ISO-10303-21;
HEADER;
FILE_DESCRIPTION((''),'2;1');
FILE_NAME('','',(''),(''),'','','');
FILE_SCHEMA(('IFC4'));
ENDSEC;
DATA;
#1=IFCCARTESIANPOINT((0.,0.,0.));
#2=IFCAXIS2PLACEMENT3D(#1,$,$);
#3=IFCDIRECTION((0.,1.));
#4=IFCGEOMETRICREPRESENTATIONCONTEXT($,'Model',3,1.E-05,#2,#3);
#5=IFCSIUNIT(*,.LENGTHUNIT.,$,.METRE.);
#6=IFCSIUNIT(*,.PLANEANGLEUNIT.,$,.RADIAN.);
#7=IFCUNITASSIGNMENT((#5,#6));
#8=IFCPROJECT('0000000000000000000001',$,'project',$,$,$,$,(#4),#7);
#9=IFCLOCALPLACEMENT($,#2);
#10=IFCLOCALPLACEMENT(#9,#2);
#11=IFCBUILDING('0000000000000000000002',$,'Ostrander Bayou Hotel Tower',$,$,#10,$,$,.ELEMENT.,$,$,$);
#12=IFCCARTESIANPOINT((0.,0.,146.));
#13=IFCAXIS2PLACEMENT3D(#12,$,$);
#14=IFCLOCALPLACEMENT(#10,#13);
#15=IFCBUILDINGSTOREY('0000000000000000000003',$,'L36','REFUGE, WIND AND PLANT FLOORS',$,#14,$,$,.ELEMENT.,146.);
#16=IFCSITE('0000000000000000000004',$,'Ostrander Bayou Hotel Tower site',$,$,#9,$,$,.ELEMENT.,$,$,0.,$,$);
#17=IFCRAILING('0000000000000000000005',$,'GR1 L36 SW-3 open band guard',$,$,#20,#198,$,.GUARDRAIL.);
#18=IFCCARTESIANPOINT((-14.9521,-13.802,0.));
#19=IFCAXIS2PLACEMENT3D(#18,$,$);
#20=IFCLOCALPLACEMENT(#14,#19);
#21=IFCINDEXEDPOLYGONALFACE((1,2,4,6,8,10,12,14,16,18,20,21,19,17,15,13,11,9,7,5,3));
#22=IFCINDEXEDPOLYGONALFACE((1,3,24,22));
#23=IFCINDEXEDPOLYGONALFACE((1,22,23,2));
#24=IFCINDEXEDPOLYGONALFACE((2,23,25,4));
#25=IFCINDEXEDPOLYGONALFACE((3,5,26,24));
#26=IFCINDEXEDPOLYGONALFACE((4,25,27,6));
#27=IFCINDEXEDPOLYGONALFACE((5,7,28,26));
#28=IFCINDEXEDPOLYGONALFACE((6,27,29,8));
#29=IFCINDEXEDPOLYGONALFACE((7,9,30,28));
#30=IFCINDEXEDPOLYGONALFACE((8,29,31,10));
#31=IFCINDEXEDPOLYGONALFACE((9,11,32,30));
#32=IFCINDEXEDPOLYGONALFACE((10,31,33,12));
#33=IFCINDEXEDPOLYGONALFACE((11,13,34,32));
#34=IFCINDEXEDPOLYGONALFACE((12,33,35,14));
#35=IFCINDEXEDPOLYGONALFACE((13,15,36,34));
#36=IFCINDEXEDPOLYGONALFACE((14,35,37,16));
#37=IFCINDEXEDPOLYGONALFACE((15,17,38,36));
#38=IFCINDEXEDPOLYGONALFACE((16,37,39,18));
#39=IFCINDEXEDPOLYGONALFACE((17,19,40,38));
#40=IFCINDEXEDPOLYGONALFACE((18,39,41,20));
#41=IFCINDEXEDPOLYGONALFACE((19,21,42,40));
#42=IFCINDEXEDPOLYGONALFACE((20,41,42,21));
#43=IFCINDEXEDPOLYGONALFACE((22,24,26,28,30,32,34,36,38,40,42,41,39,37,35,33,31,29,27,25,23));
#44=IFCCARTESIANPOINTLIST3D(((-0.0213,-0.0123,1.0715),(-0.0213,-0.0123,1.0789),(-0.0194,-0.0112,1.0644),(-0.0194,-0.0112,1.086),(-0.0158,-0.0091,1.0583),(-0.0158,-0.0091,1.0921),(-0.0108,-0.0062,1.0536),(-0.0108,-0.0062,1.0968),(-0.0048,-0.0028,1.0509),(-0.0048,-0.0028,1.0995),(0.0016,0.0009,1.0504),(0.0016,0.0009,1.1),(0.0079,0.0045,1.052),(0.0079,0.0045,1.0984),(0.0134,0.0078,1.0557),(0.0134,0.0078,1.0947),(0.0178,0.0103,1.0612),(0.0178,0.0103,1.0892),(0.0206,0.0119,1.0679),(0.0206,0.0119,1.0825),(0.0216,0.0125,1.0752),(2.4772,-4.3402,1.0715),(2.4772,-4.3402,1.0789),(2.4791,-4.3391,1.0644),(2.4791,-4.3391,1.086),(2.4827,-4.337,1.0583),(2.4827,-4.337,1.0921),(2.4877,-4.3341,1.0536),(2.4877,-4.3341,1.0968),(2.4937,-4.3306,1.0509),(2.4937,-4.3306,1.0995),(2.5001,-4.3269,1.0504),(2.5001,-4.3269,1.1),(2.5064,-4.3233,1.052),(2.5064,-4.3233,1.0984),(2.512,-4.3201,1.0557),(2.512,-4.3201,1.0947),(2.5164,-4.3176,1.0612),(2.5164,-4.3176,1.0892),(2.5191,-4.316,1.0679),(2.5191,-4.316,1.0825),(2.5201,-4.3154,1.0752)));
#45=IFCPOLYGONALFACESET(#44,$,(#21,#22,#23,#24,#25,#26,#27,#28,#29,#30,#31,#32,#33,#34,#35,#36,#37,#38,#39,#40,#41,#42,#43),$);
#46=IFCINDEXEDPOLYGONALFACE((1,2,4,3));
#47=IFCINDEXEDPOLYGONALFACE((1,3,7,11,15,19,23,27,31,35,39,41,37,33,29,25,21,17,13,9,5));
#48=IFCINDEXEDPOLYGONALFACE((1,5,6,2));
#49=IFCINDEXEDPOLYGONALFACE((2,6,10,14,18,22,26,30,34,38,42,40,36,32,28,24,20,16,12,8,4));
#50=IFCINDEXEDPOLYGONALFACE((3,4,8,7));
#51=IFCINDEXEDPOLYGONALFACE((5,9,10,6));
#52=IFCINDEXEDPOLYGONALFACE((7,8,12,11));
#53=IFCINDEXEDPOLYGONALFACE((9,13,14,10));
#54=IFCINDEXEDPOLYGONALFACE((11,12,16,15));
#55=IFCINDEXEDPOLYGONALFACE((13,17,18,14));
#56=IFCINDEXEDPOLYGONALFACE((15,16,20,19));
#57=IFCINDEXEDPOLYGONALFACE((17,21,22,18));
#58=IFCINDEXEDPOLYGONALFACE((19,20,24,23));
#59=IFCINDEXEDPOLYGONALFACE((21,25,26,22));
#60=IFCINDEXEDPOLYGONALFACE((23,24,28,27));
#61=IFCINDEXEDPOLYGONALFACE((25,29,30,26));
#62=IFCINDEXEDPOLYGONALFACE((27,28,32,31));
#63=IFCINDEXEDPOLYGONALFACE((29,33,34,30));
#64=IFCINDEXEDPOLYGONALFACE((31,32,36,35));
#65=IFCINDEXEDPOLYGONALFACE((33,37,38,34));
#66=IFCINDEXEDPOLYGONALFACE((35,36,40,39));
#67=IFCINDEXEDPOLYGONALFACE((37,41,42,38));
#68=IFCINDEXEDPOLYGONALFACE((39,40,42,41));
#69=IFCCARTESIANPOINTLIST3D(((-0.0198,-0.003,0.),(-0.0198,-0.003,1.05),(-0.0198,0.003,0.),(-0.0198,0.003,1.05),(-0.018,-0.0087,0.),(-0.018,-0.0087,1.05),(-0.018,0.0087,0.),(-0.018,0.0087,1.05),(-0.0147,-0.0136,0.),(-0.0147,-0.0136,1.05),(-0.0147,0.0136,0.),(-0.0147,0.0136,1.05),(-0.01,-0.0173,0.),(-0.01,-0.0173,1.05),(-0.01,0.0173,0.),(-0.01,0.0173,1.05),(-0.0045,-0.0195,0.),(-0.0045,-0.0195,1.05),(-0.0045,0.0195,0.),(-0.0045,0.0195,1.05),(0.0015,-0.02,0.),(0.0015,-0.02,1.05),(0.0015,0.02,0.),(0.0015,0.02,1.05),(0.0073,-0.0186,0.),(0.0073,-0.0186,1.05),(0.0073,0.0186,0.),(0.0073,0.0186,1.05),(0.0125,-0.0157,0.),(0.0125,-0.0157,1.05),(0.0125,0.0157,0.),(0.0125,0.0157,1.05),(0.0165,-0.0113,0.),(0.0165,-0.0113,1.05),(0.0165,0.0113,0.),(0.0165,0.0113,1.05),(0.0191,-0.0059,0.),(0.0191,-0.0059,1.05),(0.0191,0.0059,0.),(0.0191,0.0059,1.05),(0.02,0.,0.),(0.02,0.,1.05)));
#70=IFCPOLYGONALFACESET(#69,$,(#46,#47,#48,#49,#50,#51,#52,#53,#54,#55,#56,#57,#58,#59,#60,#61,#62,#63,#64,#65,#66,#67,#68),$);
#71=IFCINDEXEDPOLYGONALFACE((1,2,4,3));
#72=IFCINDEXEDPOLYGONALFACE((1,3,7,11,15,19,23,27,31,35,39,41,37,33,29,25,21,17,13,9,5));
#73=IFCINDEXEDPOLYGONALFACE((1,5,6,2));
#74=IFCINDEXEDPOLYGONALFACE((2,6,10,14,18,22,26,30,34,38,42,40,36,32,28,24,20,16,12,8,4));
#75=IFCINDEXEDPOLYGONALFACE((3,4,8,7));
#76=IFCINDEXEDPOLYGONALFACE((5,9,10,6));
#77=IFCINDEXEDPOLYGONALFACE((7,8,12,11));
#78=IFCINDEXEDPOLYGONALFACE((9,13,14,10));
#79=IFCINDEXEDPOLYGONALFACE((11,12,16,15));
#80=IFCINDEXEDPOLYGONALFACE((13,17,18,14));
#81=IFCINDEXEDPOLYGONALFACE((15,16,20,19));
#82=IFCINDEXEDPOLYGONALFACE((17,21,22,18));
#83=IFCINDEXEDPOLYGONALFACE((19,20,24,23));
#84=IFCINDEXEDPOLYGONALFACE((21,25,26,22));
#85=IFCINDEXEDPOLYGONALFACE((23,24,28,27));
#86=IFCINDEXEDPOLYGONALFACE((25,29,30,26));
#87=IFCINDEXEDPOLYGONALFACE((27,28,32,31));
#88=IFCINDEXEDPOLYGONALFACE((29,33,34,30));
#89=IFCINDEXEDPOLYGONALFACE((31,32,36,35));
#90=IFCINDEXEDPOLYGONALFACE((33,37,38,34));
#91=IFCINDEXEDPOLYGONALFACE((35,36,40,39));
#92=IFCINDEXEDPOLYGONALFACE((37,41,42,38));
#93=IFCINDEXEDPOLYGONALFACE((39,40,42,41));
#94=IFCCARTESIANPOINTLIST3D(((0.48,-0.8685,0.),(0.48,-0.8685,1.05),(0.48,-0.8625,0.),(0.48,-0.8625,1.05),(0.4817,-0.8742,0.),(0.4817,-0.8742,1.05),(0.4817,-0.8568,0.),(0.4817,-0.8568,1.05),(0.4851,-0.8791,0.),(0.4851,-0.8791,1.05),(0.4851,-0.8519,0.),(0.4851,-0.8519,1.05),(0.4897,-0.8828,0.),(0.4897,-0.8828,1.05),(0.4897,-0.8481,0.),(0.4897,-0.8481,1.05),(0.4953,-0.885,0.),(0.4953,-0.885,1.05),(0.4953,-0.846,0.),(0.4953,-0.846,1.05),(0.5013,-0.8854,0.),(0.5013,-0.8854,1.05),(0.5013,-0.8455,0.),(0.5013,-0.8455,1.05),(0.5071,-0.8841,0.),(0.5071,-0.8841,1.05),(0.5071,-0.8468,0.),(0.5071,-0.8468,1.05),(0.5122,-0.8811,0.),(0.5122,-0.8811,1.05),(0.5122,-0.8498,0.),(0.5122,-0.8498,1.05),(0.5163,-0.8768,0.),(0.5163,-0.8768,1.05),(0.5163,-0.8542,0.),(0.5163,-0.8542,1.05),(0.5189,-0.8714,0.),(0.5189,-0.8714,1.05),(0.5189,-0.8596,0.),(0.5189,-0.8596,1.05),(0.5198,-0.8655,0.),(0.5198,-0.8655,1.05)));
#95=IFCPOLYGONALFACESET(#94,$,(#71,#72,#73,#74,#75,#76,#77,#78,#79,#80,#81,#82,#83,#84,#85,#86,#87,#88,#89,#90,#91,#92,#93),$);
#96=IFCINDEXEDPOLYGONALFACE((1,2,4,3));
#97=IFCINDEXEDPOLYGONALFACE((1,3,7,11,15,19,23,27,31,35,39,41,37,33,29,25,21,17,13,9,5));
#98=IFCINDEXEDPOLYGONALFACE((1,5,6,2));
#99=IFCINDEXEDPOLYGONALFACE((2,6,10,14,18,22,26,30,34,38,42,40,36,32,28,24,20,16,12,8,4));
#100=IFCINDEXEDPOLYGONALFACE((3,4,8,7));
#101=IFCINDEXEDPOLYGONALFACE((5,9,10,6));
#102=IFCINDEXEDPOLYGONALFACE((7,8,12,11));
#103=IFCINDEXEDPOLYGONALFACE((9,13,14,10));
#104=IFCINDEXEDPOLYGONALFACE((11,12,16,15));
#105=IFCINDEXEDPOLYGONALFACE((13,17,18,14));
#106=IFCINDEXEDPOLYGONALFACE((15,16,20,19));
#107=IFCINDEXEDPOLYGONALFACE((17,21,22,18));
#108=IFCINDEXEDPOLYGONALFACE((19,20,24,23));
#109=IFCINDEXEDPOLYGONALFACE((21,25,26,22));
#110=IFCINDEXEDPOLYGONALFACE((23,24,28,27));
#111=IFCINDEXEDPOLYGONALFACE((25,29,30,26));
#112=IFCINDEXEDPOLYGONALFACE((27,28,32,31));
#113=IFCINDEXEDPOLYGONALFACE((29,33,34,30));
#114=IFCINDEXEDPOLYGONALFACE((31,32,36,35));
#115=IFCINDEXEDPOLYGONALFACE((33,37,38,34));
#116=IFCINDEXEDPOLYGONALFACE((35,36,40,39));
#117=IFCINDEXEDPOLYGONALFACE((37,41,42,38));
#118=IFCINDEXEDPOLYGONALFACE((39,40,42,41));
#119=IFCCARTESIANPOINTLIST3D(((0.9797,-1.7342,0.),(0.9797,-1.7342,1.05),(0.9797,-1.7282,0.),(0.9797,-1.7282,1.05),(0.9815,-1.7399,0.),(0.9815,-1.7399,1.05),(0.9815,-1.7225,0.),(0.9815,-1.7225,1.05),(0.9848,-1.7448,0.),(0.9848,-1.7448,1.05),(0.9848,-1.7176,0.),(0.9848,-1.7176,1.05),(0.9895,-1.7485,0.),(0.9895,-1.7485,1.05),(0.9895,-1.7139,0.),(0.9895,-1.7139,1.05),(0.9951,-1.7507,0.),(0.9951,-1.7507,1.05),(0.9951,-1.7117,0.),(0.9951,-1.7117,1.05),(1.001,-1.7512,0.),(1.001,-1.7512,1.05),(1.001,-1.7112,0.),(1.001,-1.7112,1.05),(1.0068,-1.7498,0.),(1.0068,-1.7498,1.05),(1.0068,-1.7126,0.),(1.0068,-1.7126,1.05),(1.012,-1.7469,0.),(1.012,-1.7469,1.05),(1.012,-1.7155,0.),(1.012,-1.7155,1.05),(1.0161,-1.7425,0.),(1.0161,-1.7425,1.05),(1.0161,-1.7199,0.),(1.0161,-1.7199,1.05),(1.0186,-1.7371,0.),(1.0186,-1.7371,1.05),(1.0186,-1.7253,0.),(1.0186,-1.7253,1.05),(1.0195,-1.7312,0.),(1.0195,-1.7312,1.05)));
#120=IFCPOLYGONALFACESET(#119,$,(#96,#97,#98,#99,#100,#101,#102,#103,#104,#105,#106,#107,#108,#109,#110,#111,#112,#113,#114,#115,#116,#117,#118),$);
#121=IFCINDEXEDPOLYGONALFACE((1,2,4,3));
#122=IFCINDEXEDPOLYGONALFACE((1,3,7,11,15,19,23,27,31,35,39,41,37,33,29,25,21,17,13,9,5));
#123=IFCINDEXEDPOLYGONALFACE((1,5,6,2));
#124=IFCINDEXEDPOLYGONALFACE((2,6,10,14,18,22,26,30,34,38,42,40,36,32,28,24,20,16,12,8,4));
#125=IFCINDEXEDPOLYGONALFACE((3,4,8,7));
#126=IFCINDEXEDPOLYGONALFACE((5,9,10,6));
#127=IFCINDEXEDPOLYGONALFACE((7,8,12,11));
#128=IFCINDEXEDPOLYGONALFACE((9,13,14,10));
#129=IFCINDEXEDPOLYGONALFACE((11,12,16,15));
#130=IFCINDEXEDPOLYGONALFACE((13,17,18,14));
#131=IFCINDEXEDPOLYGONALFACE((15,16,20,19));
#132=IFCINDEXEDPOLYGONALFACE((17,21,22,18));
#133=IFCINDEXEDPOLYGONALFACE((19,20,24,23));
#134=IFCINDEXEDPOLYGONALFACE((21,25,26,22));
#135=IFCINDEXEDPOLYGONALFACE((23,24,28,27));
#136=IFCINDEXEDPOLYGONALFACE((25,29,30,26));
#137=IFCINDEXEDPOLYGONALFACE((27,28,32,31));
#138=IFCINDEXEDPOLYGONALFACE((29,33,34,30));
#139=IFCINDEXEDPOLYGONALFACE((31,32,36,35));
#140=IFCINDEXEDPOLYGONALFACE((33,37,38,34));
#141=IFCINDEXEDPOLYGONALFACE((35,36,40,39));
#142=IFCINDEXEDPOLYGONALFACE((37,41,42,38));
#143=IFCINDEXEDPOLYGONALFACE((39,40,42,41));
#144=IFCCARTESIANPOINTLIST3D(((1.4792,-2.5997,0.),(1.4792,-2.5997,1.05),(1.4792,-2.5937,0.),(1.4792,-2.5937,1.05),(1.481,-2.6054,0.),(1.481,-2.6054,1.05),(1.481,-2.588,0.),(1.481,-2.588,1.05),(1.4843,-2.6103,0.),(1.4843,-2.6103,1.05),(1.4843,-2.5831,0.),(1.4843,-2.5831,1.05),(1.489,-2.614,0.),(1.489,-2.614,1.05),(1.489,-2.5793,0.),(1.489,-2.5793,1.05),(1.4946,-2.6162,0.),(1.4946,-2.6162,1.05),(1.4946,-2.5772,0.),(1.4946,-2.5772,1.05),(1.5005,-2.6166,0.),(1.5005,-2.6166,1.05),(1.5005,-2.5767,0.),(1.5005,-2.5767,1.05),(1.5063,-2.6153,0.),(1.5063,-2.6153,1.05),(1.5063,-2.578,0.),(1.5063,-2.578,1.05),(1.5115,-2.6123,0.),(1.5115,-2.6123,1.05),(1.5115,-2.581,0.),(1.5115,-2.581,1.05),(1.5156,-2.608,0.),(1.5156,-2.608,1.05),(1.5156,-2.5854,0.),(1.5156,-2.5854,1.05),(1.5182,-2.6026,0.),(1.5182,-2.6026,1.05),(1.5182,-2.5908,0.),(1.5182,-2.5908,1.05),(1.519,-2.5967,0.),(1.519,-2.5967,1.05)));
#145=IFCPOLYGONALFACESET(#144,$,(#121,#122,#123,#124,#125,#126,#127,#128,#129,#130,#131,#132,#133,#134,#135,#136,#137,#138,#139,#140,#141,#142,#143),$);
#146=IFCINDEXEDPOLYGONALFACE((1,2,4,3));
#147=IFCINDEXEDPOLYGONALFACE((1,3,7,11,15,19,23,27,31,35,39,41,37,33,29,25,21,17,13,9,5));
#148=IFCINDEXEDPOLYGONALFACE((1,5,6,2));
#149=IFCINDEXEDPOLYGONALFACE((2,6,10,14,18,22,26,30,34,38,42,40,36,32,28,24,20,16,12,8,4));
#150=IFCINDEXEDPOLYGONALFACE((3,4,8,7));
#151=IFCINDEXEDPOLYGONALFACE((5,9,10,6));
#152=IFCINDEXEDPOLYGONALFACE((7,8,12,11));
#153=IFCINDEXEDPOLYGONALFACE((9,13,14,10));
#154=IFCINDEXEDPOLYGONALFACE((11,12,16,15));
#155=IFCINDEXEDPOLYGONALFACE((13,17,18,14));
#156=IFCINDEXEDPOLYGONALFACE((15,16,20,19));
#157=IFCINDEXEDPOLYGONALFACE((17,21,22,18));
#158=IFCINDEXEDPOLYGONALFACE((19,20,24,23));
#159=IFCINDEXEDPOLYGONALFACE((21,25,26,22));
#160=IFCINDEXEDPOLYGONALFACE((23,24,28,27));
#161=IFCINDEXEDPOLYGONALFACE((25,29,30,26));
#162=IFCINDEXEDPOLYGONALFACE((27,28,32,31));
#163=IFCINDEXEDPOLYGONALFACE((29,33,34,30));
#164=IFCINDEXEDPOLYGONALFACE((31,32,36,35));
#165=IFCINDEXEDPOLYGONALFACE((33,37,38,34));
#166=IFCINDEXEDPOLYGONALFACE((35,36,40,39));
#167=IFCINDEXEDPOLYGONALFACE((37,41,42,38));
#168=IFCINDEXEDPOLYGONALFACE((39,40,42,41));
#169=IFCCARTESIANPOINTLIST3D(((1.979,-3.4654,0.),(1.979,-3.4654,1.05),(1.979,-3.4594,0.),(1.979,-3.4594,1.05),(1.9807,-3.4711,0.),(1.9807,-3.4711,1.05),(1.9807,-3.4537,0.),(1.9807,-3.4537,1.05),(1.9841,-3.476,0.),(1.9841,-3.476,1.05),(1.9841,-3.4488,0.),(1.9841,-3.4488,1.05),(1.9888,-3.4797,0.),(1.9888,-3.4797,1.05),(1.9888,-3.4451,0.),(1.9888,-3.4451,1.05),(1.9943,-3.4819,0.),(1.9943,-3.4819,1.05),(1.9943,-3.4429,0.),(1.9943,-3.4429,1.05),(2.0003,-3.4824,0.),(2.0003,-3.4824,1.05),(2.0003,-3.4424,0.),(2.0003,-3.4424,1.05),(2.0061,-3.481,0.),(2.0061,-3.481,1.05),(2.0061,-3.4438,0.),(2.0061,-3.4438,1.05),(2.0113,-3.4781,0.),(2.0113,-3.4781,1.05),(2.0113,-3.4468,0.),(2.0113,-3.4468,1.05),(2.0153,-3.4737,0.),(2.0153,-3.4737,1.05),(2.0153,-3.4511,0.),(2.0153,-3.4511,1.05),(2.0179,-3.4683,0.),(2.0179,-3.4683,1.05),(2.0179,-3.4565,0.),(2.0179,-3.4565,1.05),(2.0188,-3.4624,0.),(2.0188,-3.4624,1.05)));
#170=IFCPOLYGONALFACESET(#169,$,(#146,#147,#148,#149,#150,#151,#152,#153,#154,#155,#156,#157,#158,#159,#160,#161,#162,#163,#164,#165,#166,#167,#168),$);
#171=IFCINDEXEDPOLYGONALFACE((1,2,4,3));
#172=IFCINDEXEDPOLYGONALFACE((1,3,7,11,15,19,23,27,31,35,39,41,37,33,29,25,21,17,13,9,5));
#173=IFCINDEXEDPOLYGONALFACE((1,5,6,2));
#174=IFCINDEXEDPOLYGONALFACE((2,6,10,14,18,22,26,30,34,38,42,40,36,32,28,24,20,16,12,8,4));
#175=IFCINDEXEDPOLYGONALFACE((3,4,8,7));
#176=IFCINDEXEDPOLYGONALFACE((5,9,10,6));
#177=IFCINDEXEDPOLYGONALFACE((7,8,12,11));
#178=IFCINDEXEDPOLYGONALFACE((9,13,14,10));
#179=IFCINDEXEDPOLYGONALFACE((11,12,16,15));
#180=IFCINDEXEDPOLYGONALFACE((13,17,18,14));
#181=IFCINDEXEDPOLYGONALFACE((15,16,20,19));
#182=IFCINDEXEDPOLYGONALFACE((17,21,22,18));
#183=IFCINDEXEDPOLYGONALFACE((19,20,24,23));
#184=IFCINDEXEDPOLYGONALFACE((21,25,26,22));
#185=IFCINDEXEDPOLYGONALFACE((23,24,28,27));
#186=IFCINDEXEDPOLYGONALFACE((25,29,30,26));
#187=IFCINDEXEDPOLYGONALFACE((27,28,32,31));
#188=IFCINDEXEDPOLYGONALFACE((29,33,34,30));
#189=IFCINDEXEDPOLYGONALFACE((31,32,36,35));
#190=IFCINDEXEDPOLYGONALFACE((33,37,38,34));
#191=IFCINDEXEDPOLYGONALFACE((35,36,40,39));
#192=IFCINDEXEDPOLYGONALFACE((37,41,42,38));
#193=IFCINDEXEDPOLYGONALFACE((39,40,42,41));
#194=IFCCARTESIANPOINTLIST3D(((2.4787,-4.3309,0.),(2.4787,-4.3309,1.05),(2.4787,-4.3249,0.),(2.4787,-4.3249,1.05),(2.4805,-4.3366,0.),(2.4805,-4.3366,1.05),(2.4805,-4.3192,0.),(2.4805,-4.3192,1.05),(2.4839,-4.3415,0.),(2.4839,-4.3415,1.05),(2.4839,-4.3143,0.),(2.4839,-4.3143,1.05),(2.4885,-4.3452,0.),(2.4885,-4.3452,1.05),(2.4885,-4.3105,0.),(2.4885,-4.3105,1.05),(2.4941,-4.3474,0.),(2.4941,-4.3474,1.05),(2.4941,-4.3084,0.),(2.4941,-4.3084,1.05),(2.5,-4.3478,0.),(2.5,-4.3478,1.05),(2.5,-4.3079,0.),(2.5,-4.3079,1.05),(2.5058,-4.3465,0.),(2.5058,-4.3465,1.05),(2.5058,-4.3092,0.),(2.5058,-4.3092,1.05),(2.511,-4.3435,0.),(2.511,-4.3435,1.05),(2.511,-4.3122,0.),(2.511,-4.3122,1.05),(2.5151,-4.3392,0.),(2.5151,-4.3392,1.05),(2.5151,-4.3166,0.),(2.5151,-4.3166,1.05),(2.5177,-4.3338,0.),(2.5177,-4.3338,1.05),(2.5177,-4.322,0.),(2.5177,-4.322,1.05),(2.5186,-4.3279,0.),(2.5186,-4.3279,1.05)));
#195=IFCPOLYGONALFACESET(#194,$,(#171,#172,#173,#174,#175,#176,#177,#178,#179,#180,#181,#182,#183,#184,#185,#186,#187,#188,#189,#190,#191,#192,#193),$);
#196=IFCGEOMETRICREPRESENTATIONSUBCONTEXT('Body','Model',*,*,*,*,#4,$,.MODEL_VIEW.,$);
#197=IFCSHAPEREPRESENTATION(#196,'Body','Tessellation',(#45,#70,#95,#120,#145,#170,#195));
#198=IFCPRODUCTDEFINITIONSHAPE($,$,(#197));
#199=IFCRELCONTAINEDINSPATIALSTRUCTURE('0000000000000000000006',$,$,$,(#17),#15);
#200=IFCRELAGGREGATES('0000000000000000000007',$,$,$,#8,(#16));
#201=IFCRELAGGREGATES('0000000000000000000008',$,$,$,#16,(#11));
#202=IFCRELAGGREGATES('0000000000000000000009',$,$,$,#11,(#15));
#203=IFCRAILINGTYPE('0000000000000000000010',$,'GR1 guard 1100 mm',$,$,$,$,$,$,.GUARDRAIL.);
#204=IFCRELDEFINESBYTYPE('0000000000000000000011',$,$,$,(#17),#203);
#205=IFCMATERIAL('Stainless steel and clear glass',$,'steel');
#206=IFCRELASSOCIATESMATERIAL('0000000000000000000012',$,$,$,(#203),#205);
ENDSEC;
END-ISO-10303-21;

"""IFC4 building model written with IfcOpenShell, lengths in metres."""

from ifc_helpers import new_model, si_unit, direction, frame, origin, origin_2d, place, context, subcontext, project, spatial, circle, extrude, material, type_object, element, save


model = new_model("IFC4")

# Units and contexts
model_context = context("Model", 3, precision=1e-05, world=origin(), true_north=direction((0.0, 1.0)))
body_context = subcontext(model_context, "Body", "Model", "MODEL_VIEW")
ifc_project = project(units=[si_unit("LENGTHUNIT", "METRE"), si_unit("PLANEANGLEUNIT", "RADIAN")], contexts=[model_context])

# Site, building, storey
site_placement = place(None, origin())
site = spatial("IfcSite", under=ifc_project, at=site_placement, Name="Ostrander Bayou Hotel Tower site", CompositionType="ELEMENT", RefElevation=0.0)
building_placement = place(site_placement, origin())
building = spatial("IfcBuilding", under=site, at=building_placement, Name="Ostrander Bayou Hotel Tower", CompositionType="ELEMENT")
storey_placement = place(building_placement, frame((0.0, 0.0, 146.0)))
storey = spatial("IfcBuildingStorey", under=building, at=storey_placement, Name="L36", Description="REFUGE, WIND AND PLANT FLOORS", CompositionType="ELEMENT", Elevation=146.0)

# Railing
ifc_material_1 = material(Name="Stainless steel and clear glass", Category="steel")
railing_type = type_object("IfcRailingType", Name="GR1 guard 1100 mm", PredefinedType="GUARDRAIL", material=ifc_material_1)
railing_1_placement = place(storey_placement, frame((-14.9521, -13.802, 0.0)))
element("IfcRailing", 1, at=railing_1_placement, inside=storey, type_object=railing_type, Name="GR1 L36 SW-3 open band guard", PredefinedType="GUARDRAIL", context=body_context, shape_type="SweptSolid", body=[
    extrude(circle(Radius=0.0249, at=origin_2d()), frame((0.0, 0.0, 1.0752), z_axis=(0.499975, -0.86604, 0.0), x_axis=(0.86604, 0.499975, 0.0)), (0.0, 0.0, 1.0), 4.9973),
    extrude(circle(Radius=0.02, at=origin_2d()), origin(), (0.0, 0.0, 1.0), 1.05),
    extrude(circle(Radius=0.02, at=origin_2d()), frame((0.4998, -0.8655, 0.0)), (0.0, 0.0, 1.0), 1.05),
    extrude(circle(Radius=0.02, at=origin_2d()), frame((0.9995, -1.7312, 0.0)), (0.0, 0.0, 1.0), 1.05),
    extrude(circle(Radius=0.02, at=origin_2d()), frame((1.499, -2.5967, 0.0)), (0.0, 0.0, 1.0), 1.05),
    extrude(circle(Radius=0.02, at=origin_2d()), frame((1.9988, -3.4624, 0.0)), (0.0, 0.0, 1.0), 1.05),
    extrude(circle(Radius=0.02, at=origin_2d()), frame((2.4985, -4.3279, 0.0)), (0.0, 0.0, 1.0), 1.05),
])

save(model, "model.ifc")
